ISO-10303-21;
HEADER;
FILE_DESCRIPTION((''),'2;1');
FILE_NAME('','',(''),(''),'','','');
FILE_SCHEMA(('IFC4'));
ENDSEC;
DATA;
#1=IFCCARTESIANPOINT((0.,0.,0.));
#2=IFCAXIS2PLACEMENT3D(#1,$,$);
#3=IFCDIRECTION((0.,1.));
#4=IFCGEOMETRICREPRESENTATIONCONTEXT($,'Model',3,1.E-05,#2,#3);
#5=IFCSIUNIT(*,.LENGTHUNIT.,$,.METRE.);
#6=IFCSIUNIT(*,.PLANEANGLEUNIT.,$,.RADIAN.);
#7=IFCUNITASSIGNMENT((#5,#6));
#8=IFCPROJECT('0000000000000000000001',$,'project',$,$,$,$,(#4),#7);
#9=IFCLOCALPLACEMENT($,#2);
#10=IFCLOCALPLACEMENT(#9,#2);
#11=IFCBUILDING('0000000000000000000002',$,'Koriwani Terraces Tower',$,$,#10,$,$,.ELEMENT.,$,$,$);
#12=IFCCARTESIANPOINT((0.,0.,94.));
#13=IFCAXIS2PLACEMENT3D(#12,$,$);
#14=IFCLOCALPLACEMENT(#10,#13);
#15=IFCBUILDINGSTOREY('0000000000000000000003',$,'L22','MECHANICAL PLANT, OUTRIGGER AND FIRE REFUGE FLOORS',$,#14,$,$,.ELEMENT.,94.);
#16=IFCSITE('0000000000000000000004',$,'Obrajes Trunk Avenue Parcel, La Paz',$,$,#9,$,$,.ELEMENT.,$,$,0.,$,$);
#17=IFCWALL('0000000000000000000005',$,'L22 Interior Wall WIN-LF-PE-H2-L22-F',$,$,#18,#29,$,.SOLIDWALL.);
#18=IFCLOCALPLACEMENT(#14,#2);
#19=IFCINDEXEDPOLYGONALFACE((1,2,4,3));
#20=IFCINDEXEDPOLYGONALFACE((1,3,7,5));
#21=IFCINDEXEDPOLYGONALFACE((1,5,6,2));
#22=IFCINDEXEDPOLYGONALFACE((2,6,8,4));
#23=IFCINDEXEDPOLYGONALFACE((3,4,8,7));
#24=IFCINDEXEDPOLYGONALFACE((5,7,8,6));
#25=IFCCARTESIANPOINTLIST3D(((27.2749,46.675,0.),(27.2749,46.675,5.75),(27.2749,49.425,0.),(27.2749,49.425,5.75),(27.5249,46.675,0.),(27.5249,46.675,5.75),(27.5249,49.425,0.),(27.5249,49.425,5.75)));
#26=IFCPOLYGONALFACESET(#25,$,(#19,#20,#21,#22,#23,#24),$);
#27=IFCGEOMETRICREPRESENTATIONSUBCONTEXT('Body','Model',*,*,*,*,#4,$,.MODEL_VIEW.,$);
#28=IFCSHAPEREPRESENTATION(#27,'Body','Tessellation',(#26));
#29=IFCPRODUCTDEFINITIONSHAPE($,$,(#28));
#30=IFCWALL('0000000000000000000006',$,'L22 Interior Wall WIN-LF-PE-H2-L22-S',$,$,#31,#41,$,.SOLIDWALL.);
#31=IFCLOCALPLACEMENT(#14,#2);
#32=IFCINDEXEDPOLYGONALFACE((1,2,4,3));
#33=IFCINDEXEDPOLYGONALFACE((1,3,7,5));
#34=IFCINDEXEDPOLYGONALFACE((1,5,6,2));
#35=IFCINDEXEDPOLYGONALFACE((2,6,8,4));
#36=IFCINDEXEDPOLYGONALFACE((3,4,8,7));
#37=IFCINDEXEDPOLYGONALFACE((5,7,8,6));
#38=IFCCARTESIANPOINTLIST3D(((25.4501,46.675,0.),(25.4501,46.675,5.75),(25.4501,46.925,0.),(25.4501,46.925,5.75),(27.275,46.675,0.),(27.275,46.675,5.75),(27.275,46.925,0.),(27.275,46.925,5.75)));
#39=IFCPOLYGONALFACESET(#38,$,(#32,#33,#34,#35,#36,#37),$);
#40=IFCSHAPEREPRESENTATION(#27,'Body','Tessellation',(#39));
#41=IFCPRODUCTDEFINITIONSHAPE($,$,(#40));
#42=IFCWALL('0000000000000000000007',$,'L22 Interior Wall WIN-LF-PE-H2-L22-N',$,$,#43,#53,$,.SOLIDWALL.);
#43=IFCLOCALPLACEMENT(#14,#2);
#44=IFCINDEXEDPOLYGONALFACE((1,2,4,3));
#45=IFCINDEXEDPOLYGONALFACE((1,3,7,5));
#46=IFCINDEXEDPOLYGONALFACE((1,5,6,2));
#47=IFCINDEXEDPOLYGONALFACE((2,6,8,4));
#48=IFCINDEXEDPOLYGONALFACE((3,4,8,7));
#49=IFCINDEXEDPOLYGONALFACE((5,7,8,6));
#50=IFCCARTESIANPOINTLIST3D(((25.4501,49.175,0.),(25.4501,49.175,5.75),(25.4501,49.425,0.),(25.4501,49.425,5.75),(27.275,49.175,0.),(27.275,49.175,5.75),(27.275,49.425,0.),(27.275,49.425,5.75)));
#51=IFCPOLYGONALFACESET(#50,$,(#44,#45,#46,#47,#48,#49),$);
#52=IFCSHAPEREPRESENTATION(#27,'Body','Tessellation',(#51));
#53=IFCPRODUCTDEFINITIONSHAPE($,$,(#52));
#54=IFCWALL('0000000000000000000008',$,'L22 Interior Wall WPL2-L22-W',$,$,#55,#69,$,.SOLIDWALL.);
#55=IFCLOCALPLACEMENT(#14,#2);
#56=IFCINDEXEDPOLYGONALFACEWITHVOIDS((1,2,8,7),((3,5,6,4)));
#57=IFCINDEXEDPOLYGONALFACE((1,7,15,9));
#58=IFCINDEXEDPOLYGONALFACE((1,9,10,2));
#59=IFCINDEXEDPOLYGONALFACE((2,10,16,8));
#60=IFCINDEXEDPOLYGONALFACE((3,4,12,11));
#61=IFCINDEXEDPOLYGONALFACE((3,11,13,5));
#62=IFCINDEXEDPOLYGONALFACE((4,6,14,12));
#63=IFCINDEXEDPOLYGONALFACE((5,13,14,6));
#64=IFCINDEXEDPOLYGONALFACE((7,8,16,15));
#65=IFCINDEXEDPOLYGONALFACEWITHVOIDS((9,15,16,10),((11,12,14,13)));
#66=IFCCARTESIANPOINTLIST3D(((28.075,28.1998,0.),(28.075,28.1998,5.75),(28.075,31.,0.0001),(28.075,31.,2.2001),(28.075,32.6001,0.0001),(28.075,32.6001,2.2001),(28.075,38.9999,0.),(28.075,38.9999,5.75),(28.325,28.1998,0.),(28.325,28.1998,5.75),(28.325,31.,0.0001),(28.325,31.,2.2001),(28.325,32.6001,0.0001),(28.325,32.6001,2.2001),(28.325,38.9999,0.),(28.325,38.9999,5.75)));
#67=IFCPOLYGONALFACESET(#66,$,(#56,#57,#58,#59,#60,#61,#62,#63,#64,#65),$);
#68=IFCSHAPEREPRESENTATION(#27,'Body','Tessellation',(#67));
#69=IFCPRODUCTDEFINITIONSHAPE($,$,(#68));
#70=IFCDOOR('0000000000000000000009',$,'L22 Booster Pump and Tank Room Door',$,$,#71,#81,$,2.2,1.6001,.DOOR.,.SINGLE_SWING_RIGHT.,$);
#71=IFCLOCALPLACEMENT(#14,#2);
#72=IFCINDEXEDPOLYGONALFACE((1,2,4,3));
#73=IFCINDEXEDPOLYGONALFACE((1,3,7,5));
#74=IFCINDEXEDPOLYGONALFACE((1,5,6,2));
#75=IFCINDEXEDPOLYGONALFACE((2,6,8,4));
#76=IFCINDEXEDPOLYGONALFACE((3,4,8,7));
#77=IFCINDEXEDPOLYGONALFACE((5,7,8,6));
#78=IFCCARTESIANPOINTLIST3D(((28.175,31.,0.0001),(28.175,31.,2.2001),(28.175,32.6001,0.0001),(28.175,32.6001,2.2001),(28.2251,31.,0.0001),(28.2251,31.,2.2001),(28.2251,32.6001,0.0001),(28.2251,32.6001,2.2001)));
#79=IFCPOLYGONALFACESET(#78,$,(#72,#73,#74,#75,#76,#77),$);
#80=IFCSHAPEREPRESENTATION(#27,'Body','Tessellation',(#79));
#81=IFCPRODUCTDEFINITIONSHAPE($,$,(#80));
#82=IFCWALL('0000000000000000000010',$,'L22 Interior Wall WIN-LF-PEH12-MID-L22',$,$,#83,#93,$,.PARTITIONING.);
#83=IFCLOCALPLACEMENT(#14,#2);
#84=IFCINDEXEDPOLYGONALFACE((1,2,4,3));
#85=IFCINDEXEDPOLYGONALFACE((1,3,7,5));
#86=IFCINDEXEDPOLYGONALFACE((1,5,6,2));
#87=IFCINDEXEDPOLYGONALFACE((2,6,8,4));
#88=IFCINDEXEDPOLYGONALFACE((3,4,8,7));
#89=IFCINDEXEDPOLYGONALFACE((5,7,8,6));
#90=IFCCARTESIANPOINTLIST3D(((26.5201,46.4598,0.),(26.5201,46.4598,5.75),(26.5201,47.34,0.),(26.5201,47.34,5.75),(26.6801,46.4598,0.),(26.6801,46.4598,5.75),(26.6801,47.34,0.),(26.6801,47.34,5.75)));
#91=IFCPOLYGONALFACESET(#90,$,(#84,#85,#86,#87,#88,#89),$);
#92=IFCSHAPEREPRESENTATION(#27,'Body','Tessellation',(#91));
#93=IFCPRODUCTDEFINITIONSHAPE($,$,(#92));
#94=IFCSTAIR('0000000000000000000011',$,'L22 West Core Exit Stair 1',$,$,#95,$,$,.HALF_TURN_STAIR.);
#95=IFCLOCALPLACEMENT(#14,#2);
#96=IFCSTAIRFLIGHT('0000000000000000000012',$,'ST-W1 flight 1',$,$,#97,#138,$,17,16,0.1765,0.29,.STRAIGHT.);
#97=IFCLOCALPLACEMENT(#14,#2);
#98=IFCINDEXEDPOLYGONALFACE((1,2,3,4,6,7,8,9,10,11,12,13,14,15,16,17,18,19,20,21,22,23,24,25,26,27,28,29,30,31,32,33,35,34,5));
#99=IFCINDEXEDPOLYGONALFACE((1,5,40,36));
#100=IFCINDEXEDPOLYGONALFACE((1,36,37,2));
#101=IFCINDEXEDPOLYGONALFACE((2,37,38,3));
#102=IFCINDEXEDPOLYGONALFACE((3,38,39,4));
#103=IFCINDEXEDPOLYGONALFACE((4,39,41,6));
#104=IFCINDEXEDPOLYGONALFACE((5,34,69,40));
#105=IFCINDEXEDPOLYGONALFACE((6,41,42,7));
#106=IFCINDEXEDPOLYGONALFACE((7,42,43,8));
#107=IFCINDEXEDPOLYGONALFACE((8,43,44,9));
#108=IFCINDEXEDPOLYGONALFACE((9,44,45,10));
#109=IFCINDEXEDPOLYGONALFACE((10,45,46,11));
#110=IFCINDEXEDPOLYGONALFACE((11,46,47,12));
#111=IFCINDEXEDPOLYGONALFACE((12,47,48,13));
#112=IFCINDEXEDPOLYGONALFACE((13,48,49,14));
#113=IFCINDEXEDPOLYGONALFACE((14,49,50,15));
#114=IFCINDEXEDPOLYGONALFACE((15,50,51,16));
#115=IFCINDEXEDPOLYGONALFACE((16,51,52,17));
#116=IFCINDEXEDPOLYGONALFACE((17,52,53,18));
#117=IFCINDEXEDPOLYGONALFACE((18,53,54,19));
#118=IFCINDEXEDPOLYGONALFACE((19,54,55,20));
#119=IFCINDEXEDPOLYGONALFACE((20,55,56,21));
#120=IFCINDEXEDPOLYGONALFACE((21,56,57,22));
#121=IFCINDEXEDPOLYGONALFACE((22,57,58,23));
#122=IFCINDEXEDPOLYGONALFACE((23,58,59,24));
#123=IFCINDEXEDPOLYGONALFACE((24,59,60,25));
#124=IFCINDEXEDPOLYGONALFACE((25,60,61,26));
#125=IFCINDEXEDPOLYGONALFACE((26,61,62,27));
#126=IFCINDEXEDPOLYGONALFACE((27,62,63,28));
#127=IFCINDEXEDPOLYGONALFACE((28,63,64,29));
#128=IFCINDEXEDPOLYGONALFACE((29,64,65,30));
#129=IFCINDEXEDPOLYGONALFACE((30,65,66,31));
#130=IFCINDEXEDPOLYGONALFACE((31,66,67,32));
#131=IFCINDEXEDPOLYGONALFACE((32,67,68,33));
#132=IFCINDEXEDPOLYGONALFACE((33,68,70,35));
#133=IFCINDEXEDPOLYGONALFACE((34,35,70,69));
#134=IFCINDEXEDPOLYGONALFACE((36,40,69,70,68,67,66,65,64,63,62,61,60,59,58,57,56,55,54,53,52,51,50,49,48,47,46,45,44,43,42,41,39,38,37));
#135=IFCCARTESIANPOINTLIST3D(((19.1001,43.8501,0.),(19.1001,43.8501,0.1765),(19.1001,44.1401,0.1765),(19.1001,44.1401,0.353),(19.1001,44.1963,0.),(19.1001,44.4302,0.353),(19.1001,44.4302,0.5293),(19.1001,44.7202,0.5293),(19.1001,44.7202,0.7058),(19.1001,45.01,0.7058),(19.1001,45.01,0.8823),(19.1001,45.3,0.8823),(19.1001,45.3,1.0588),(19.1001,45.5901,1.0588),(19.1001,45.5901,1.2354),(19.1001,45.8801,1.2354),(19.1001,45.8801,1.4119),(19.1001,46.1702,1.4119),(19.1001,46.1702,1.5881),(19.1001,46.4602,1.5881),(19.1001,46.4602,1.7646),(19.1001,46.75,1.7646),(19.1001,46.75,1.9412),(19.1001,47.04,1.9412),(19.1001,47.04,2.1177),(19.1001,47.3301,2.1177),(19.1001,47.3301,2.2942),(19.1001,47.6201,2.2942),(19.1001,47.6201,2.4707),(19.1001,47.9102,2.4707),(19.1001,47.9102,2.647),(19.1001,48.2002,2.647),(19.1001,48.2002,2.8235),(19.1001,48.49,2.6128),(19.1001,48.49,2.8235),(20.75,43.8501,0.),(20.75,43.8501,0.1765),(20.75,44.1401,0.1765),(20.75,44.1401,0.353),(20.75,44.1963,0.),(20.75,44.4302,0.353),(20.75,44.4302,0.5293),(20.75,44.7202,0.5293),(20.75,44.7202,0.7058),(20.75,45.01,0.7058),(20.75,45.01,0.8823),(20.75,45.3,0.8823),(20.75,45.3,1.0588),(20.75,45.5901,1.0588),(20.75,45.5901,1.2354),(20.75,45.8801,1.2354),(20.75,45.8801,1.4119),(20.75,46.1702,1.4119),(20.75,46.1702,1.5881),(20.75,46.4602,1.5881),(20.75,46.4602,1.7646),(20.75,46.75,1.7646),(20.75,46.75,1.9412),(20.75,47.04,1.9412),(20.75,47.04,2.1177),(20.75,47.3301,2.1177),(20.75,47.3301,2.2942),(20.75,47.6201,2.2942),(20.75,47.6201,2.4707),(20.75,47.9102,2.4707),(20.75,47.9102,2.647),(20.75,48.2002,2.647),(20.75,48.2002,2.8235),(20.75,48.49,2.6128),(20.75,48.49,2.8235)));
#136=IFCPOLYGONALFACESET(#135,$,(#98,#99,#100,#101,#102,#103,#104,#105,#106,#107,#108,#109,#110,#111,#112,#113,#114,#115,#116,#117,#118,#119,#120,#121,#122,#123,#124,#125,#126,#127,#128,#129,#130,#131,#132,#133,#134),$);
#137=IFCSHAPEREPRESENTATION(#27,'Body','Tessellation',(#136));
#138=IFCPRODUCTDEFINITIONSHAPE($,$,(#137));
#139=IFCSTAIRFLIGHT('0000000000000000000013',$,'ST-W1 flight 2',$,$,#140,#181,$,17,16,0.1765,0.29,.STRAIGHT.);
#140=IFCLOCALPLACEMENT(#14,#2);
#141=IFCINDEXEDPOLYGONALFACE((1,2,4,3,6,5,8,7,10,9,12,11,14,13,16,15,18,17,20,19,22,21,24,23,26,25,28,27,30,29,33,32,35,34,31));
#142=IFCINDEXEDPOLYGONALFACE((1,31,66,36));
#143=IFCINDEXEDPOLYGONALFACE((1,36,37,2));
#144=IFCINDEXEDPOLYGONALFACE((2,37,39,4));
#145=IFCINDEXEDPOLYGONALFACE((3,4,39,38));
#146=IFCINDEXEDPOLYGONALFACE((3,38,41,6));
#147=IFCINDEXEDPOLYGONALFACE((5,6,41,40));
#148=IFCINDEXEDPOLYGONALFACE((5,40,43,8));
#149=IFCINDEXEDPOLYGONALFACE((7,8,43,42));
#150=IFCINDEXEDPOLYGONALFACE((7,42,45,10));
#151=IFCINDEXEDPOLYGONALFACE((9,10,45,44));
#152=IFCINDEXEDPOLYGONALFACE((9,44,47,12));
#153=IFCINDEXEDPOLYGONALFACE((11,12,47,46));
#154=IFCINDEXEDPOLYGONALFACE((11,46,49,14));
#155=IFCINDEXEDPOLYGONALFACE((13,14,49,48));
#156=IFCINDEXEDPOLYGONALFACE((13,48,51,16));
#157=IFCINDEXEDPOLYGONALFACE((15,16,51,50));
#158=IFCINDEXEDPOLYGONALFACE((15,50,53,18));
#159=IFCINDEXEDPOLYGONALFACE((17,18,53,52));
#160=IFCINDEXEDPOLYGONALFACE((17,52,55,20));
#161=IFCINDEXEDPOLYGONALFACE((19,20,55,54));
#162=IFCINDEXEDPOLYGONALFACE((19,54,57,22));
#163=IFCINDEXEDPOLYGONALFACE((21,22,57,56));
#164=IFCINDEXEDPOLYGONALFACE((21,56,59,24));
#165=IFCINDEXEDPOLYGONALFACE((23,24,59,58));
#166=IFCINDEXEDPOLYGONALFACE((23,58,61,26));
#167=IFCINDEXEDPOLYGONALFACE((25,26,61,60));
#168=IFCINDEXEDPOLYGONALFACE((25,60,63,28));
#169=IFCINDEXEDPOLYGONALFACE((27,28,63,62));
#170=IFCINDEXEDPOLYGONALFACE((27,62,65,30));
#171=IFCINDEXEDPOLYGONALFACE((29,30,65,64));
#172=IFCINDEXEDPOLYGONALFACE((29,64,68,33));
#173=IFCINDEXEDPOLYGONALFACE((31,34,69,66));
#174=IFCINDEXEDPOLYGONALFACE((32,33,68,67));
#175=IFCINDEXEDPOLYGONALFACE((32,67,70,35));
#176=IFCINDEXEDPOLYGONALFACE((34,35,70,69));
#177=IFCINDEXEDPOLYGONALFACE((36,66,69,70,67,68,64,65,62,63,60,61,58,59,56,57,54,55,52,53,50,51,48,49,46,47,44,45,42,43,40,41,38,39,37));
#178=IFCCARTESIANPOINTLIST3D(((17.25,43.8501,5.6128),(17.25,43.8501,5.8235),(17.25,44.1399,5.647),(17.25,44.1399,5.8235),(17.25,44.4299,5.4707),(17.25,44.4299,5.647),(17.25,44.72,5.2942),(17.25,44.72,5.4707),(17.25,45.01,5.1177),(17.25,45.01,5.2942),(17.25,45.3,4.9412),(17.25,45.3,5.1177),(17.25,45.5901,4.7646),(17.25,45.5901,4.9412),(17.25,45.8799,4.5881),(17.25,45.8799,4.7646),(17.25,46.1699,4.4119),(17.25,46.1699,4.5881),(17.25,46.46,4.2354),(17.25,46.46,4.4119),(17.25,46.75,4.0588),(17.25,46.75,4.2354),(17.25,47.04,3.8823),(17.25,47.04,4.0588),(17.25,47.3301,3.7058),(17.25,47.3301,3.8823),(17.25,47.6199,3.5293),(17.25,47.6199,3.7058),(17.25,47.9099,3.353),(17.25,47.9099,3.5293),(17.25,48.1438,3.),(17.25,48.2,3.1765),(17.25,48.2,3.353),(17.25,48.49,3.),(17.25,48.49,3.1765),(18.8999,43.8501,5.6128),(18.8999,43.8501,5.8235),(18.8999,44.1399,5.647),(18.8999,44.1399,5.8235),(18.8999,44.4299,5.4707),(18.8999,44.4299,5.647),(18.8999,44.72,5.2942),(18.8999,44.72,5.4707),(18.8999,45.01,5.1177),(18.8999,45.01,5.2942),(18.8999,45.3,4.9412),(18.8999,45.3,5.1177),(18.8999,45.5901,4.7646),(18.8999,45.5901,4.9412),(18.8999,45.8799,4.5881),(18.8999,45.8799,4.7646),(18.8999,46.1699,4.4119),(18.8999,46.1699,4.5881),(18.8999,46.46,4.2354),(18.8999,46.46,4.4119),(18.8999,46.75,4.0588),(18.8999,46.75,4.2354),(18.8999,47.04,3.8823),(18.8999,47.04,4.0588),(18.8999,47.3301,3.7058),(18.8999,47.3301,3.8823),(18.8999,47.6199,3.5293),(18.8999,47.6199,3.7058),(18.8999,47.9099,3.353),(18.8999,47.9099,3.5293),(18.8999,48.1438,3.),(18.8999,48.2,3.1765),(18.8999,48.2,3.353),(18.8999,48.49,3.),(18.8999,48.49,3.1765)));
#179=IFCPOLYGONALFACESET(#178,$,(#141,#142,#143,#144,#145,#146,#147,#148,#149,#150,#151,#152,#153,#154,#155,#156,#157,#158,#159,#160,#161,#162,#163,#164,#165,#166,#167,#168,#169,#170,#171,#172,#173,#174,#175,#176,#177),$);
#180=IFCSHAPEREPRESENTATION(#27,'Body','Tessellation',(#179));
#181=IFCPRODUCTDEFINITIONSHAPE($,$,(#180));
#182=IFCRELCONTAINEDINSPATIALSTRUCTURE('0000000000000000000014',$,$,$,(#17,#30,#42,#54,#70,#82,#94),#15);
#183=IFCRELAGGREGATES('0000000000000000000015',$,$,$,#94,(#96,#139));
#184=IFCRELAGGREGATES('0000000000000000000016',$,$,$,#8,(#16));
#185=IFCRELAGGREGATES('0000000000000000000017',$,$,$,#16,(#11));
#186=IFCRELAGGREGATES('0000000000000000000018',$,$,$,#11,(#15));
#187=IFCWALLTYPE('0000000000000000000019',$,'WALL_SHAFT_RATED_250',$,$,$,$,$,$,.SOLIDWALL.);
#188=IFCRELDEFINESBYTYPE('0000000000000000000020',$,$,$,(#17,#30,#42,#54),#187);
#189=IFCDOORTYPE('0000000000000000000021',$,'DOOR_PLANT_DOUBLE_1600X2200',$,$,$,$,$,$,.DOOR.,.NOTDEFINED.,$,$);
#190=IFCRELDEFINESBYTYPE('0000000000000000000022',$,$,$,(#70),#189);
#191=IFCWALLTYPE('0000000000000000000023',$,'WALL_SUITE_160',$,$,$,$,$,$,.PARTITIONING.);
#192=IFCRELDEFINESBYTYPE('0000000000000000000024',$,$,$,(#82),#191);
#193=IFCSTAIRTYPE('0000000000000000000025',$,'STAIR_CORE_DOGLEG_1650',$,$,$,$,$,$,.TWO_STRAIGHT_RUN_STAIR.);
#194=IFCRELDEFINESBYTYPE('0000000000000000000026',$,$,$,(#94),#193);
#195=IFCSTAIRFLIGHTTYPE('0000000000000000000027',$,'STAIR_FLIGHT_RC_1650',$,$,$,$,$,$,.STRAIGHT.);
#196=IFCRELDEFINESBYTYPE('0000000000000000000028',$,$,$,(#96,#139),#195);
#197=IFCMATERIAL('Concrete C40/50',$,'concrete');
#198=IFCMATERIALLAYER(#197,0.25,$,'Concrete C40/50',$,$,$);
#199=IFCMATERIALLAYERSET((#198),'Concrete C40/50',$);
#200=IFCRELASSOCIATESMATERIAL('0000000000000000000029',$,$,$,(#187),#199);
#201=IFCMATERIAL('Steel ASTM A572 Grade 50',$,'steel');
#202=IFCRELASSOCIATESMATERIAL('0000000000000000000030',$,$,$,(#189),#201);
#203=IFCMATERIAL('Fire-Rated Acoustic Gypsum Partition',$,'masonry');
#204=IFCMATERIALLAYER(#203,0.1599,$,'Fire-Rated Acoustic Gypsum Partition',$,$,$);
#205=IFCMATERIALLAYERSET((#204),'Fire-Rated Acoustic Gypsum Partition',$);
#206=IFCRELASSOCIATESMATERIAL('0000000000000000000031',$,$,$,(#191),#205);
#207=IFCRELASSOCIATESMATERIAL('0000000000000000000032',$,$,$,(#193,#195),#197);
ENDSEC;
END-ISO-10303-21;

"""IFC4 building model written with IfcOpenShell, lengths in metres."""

from ifc_helpers import new_model, si_unit, direction, frame, frame_2d, origin, place, context, subcontext, project, spatial, polyline, rectangle, outline, extrude, material, layer, layer_set, type_object, element, fill, aggregate, save


model = new_model("IFC4")

# Units and contexts
model_context = context("Model", 3, precision=1e-05, world=origin(), true_north=direction((0.0, 1.0)))
body_context = subcontext(model_context, "Body", "Model", "MODEL_VIEW")
ifc_project = project(units=[si_unit("LENGTHUNIT", "METRE"), si_unit("PLANEANGLEUNIT", "RADIAN")], contexts=[model_context])

# Site, building, storey
site_placement = place(None, origin())
site = spatial("IfcSite", under=ifc_project, at=site_placement, Name="Obrajes Trunk Avenue Parcel, La Paz", CompositionType="ELEMENT", RefElevation=0.0)
building_placement = place(site_placement, origin())
building = spatial("IfcBuilding", under=site, at=building_placement, Name="Koriwani Terraces Tower", CompositionType="ELEMENT")
storey_placement = place(building_placement, frame((0.0, 0.0, 94.0)))
storey = spatial("IfcBuildingStorey", under=building, at=storey_placement, Name="L22", Description="MECHANICAL PLANT, OUTRIGGER AND FIRE REFUGE FLOORS", CompositionType="ELEMENT", Elevation=94.0)

# Shared definitions
ifc_material_1 = material(Name="Steel ASTM A572 Grade 50", Category="steel")

# Shared definitions
ifc_material_2 = material(Name="Concrete C40/50", Category="concrete")
ifc_layer_1 = layer(ifc_material_2, 0.25, Name="Concrete C40/50")
ifc_layer_set_1 = layer_set([ifc_layer_1], Name="Concrete C40/50")
wall_type_1 = type_object("IfcWallType", Name="WALL_SHAFT_RATED_250", PredefinedType="SOLIDWALL", material=ifc_layer_set_1)

# Walls
wall_1_placement = place(storey_placement, frame((27.3999, 46.675, 0.0), z_axis=(0.0, 0.0, 1.0), x_axis=(0.0, 1.0, 0.0)))
element("IfcWall", 1, at=wall_1_placement, inside=storey, type_object=wall_type_1, Name="L22 Interior Wall WIN-LF-PE-H2-L22-F", PredefinedType="SOLIDWALL", context=body_context, shape_type="SweptSolid", body=[
    extrude(rectangle(XDim=2.75, YDim=0.25, at=frame_2d((1.375, 0.0))), origin(), (0.0, 0.0, 1.0), 5.75),
])
for number, where, z_axis, x_axis, name in (
    (2, (25.45, 46.8, 0.0), (0.0, 0.0, 1.0), (1.0, 0.0, 0.0), "L22 Interior Wall WIN-LF-PE-H2-L22-S"),
    (3, (25.45, 49.3, 0.0), (0.0, 0.0, 1.0), (1.0, 0.0, 0.0), "L22 Interior Wall WIN-LF-PE-H2-L22-N"),
):
    element("IfcWall", number, at=place(storey_placement, frame(where, z_axis=z_axis, x_axis=x_axis)), inside=storey, type_object=wall_type_1, Name=name, PredefinedType="SOLIDWALL", context=body_context, shape_type="SweptSolid", body=[
        extrude(rectangle(XDim=1.825, YDim=0.25, at=frame_2d((0.9126, 0.0))), origin(), (0.0, 0.0, 1.0), 5.75),
    ])

# Wall, opening, door
wall_2_placement = place(storey_placement, frame((28.2, 28.2, 0.0), z_axis=(0.0, 0.0, 1.0), x_axis=(0.0, 1.0, 0.0)))
wall_2 = element("IfcWall", 4, at=wall_2_placement, inside=storey, type_object=wall_type_1, Name="L22 Interior Wall WPL2-L22-W", PredefinedType="SOLIDWALL", context=body_context, shape_type="SweptSolid", body=[
    extrude(rectangle(XDim=10.8, YDim=0.25, at=frame_2d((5.3999, 0.0))), origin(), (0.0, 0.0, 1.0), 5.75),
])
opening_1_placement = place(wall_2_placement, frame((2.8, 0.0, 0.0)))
opening_1 = element("IfcOpeningElement", 5, at=opening_1_placement, cuts=wall_2, PredefinedType="OPENING", context=body_context, shape_type="SweptSolid", body=[
    extrude(rectangle(XDim=1.6001, YDim=2.2, at=frame_2d((0.8, 1.1001))), frame((0.0, 0.135, 0.0), z_axis=(0.0, -1.0, 0.0), x_axis=(1.0, 0.0, 0.0)), (0.0, 0.0, 1.0), 0.27),
])
door_type_1 = type_object("IfcDoorType", Name="DOOR_PLANT_DOUBLE_1600X2200", OperationType="NOTDEFINED", PredefinedType="DOOR", material=ifc_material_1)
door_1_placement = place(opening_1_placement, origin())
door_1 = element("IfcDoor", 6, at=door_1_placement, inside=storey, type_object=door_type_1, Name="L22 Booster Pump and Tank Room Door", OperationType="SINGLE_SWING_RIGHT", OverallHeight=2.2, OverallWidth=1.6001, PredefinedType="DOOR", context=body_context, shape_type="SweptSolid", body=[
    extrude(rectangle(XDim=1.6001, YDim=2.2, at=frame_2d((0.8, 1.1001))), frame((0.0, 0.0249, 0.0), z_axis=(0.0, -1.0, 0.0), x_axis=(1.0, 0.0, 0.0)), (0.0, 0.0, 1.0), 0.05),
])
fill(opening_1, door_1)

# Wall
ifc_material_3 = material(Name="Fire-Rated Acoustic Gypsum Partition", Category="masonry")
ifc_layer_2 = layer(ifc_material_3, 0.1599, Name="Fire-Rated Acoustic Gypsum Partition")
ifc_layer_set_2 = layer_set([ifc_layer_2], Name="Fire-Rated Acoustic Gypsum Partition")
wall_type_2 = type_object("IfcWallType", Name="WALL_SUITE_160", PredefinedType="PARTITIONING", material=ifc_layer_set_2)
wall_3_placement = place(storey_placement, frame((26.6001, 46.46, 0.0), z_axis=(0.0, 0.0, 1.0), x_axis=(0.0, 1.0, 0.0)))
element("IfcWall", 7, at=wall_3_placement, inside=storey, type_object=wall_type_2, Name="L22 Interior Wall WIN-LF-PEH12-MID-L22", PredefinedType="PARTITIONING", context=body_context, shape_type="SweptSolid", body=[
    extrude(rectangle(XDim=0.8801, YDim=0.1599, at=frame_2d((0.4399, 0.0))), origin(), (0.0, 0.0, 1.0), 5.75),
])

# Stair, stair flights
stair_type = type_object("IfcStairType", Name="STAIR_CORE_DOGLEG_1650", PredefinedType="TWO_STRAIGHT_RUN_STAIR", material=ifc_material_2)
stair_placement = place(storey_placement, origin())
stair = element("IfcStair", 8, at=stair_placement, inside=storey, type_object=stair_type, Name="L22 West Core Exit Stair 1", PredefinedType="HALF_TURN_STAIR")
stair_flight_type = type_object("IfcStairFlightType", Name="STAIR_FLIGHT_RC_1650", PredefinedType="STRAIGHT", material=ifc_material_2)
stair_flight_1_placement = place(storey_placement, frame((19.925, 43.8501, 0.0), z_axis=(0.0, 0.0, 1.0), x_axis=(0.0, 1.0, 0.0)))
stair_flight_1 = element("IfcStairFlight", 9, at=stair_flight_1_placement, type_object=stair_flight_type, Name="ST-W1 flight 1", NumberOfRisers=17, NumberOfTreads=16, PredefinedType="STRAIGHT", RiserHeight=0.1765, TreadLength=0.29, context=body_context, shape_type="SweptSolid", body=[
    extrude(outline(polyline([(0.0, 0.0), (0.0, 0.1765), (0.29, 0.1765), (0.29, 0.353), (0.5801, 0.353), (0.5801, 0.5293), (0.8701, 0.5293), (0.8701, 0.7058), (1.1599, 0.7058), (1.1599, 0.8823), (1.45, 0.8823), (1.45, 1.0588), (1.74, 1.0588), (1.74, 1.2354), (2.03, 1.2354), (2.03, 1.4119), (2.3201, 1.4119), (2.3201, 1.5881), (2.6101, 1.5881), (2.6101, 1.7646), (2.8999, 1.7646), (2.8999, 1.9412), (3.1899, 1.9412), (3.1899, 2.1177), (3.48, 2.1177), (3.48, 2.2942), (3.77, 2.2942), (3.77, 2.4707), (4.0601, 2.4707), (4.0601, 2.647), (4.3501, 2.647), (4.3501, 2.8235), (4.6399, 2.8235), (4.6399, 3.0), (4.6399, 2.6128), (0.3462, 0.0), (0.0, 0.0)])), frame((0.0, 0.825, 0.0), z_axis=(0.0, -1.0, 0.0), x_axis=(1.0, 0.0, 0.0)), (0.0, 0.0, 1.0), 1.6499),
])
stair_flight_2_placement = place(storey_placement, frame((18.075, 48.49, 3.0), z_axis=(0.0, 0.0, 1.0), x_axis=(0.0, -1.0, 0.0)))
stair_flight_2 = element("IfcStairFlight", 10, at=stair_flight_2_placement, type_object=stair_flight_type, Name="ST-W1 flight 2", NumberOfRisers=17, NumberOfTreads=16, PredefinedType="STRAIGHT", RiserHeight=0.1765, TreadLength=0.29, context=body_context, shape_type="SweptSolid", body=[
    extrude(outline(polyline([(0.0, 0.0), (0.0, 0.1765), (0.29, 0.1765), (0.29, 0.353), (0.5801, 0.353), (0.5801, 0.5293), (0.8701, 0.5293), (0.8701, 0.7058), (1.1599, 0.7058), (1.1599, 0.8823), (1.45, 0.8823), (1.45, 1.0588), (1.74, 1.0588), (1.74, 1.2354), (2.03, 1.2354), (2.03, 1.4119), (2.3201, 1.4119), (2.3201, 1.5881), (2.6101, 1.5881), (2.6101, 1.7646), (2.8999, 1.7646), (2.8999, 1.9412), (3.1899, 1.9412), (3.1899, 2.1177), (3.48, 2.1177), (3.48, 2.2942), (3.77, 2.2942), (3.77, 2.4707), (4.0601, 2.4707), (4.0601, 2.647), (4.3501, 2.647), (4.3501, 2.8235), (4.6399, 2.8235), (4.6399, 3.0), (4.6399, 2.6128), (0.3462, 0.0), (0.0, 0.0)])), frame((0.0, 0.825, 0.0), z_axis=(0.0, -1.0, 0.0), x_axis=(1.0, 0.0, 0.0)), (0.0, 0.0, 1.0), 1.6499),
])
aggregate(stair, [stair_flight_1, stair_flight_2])

save(model, "model.ifc")
